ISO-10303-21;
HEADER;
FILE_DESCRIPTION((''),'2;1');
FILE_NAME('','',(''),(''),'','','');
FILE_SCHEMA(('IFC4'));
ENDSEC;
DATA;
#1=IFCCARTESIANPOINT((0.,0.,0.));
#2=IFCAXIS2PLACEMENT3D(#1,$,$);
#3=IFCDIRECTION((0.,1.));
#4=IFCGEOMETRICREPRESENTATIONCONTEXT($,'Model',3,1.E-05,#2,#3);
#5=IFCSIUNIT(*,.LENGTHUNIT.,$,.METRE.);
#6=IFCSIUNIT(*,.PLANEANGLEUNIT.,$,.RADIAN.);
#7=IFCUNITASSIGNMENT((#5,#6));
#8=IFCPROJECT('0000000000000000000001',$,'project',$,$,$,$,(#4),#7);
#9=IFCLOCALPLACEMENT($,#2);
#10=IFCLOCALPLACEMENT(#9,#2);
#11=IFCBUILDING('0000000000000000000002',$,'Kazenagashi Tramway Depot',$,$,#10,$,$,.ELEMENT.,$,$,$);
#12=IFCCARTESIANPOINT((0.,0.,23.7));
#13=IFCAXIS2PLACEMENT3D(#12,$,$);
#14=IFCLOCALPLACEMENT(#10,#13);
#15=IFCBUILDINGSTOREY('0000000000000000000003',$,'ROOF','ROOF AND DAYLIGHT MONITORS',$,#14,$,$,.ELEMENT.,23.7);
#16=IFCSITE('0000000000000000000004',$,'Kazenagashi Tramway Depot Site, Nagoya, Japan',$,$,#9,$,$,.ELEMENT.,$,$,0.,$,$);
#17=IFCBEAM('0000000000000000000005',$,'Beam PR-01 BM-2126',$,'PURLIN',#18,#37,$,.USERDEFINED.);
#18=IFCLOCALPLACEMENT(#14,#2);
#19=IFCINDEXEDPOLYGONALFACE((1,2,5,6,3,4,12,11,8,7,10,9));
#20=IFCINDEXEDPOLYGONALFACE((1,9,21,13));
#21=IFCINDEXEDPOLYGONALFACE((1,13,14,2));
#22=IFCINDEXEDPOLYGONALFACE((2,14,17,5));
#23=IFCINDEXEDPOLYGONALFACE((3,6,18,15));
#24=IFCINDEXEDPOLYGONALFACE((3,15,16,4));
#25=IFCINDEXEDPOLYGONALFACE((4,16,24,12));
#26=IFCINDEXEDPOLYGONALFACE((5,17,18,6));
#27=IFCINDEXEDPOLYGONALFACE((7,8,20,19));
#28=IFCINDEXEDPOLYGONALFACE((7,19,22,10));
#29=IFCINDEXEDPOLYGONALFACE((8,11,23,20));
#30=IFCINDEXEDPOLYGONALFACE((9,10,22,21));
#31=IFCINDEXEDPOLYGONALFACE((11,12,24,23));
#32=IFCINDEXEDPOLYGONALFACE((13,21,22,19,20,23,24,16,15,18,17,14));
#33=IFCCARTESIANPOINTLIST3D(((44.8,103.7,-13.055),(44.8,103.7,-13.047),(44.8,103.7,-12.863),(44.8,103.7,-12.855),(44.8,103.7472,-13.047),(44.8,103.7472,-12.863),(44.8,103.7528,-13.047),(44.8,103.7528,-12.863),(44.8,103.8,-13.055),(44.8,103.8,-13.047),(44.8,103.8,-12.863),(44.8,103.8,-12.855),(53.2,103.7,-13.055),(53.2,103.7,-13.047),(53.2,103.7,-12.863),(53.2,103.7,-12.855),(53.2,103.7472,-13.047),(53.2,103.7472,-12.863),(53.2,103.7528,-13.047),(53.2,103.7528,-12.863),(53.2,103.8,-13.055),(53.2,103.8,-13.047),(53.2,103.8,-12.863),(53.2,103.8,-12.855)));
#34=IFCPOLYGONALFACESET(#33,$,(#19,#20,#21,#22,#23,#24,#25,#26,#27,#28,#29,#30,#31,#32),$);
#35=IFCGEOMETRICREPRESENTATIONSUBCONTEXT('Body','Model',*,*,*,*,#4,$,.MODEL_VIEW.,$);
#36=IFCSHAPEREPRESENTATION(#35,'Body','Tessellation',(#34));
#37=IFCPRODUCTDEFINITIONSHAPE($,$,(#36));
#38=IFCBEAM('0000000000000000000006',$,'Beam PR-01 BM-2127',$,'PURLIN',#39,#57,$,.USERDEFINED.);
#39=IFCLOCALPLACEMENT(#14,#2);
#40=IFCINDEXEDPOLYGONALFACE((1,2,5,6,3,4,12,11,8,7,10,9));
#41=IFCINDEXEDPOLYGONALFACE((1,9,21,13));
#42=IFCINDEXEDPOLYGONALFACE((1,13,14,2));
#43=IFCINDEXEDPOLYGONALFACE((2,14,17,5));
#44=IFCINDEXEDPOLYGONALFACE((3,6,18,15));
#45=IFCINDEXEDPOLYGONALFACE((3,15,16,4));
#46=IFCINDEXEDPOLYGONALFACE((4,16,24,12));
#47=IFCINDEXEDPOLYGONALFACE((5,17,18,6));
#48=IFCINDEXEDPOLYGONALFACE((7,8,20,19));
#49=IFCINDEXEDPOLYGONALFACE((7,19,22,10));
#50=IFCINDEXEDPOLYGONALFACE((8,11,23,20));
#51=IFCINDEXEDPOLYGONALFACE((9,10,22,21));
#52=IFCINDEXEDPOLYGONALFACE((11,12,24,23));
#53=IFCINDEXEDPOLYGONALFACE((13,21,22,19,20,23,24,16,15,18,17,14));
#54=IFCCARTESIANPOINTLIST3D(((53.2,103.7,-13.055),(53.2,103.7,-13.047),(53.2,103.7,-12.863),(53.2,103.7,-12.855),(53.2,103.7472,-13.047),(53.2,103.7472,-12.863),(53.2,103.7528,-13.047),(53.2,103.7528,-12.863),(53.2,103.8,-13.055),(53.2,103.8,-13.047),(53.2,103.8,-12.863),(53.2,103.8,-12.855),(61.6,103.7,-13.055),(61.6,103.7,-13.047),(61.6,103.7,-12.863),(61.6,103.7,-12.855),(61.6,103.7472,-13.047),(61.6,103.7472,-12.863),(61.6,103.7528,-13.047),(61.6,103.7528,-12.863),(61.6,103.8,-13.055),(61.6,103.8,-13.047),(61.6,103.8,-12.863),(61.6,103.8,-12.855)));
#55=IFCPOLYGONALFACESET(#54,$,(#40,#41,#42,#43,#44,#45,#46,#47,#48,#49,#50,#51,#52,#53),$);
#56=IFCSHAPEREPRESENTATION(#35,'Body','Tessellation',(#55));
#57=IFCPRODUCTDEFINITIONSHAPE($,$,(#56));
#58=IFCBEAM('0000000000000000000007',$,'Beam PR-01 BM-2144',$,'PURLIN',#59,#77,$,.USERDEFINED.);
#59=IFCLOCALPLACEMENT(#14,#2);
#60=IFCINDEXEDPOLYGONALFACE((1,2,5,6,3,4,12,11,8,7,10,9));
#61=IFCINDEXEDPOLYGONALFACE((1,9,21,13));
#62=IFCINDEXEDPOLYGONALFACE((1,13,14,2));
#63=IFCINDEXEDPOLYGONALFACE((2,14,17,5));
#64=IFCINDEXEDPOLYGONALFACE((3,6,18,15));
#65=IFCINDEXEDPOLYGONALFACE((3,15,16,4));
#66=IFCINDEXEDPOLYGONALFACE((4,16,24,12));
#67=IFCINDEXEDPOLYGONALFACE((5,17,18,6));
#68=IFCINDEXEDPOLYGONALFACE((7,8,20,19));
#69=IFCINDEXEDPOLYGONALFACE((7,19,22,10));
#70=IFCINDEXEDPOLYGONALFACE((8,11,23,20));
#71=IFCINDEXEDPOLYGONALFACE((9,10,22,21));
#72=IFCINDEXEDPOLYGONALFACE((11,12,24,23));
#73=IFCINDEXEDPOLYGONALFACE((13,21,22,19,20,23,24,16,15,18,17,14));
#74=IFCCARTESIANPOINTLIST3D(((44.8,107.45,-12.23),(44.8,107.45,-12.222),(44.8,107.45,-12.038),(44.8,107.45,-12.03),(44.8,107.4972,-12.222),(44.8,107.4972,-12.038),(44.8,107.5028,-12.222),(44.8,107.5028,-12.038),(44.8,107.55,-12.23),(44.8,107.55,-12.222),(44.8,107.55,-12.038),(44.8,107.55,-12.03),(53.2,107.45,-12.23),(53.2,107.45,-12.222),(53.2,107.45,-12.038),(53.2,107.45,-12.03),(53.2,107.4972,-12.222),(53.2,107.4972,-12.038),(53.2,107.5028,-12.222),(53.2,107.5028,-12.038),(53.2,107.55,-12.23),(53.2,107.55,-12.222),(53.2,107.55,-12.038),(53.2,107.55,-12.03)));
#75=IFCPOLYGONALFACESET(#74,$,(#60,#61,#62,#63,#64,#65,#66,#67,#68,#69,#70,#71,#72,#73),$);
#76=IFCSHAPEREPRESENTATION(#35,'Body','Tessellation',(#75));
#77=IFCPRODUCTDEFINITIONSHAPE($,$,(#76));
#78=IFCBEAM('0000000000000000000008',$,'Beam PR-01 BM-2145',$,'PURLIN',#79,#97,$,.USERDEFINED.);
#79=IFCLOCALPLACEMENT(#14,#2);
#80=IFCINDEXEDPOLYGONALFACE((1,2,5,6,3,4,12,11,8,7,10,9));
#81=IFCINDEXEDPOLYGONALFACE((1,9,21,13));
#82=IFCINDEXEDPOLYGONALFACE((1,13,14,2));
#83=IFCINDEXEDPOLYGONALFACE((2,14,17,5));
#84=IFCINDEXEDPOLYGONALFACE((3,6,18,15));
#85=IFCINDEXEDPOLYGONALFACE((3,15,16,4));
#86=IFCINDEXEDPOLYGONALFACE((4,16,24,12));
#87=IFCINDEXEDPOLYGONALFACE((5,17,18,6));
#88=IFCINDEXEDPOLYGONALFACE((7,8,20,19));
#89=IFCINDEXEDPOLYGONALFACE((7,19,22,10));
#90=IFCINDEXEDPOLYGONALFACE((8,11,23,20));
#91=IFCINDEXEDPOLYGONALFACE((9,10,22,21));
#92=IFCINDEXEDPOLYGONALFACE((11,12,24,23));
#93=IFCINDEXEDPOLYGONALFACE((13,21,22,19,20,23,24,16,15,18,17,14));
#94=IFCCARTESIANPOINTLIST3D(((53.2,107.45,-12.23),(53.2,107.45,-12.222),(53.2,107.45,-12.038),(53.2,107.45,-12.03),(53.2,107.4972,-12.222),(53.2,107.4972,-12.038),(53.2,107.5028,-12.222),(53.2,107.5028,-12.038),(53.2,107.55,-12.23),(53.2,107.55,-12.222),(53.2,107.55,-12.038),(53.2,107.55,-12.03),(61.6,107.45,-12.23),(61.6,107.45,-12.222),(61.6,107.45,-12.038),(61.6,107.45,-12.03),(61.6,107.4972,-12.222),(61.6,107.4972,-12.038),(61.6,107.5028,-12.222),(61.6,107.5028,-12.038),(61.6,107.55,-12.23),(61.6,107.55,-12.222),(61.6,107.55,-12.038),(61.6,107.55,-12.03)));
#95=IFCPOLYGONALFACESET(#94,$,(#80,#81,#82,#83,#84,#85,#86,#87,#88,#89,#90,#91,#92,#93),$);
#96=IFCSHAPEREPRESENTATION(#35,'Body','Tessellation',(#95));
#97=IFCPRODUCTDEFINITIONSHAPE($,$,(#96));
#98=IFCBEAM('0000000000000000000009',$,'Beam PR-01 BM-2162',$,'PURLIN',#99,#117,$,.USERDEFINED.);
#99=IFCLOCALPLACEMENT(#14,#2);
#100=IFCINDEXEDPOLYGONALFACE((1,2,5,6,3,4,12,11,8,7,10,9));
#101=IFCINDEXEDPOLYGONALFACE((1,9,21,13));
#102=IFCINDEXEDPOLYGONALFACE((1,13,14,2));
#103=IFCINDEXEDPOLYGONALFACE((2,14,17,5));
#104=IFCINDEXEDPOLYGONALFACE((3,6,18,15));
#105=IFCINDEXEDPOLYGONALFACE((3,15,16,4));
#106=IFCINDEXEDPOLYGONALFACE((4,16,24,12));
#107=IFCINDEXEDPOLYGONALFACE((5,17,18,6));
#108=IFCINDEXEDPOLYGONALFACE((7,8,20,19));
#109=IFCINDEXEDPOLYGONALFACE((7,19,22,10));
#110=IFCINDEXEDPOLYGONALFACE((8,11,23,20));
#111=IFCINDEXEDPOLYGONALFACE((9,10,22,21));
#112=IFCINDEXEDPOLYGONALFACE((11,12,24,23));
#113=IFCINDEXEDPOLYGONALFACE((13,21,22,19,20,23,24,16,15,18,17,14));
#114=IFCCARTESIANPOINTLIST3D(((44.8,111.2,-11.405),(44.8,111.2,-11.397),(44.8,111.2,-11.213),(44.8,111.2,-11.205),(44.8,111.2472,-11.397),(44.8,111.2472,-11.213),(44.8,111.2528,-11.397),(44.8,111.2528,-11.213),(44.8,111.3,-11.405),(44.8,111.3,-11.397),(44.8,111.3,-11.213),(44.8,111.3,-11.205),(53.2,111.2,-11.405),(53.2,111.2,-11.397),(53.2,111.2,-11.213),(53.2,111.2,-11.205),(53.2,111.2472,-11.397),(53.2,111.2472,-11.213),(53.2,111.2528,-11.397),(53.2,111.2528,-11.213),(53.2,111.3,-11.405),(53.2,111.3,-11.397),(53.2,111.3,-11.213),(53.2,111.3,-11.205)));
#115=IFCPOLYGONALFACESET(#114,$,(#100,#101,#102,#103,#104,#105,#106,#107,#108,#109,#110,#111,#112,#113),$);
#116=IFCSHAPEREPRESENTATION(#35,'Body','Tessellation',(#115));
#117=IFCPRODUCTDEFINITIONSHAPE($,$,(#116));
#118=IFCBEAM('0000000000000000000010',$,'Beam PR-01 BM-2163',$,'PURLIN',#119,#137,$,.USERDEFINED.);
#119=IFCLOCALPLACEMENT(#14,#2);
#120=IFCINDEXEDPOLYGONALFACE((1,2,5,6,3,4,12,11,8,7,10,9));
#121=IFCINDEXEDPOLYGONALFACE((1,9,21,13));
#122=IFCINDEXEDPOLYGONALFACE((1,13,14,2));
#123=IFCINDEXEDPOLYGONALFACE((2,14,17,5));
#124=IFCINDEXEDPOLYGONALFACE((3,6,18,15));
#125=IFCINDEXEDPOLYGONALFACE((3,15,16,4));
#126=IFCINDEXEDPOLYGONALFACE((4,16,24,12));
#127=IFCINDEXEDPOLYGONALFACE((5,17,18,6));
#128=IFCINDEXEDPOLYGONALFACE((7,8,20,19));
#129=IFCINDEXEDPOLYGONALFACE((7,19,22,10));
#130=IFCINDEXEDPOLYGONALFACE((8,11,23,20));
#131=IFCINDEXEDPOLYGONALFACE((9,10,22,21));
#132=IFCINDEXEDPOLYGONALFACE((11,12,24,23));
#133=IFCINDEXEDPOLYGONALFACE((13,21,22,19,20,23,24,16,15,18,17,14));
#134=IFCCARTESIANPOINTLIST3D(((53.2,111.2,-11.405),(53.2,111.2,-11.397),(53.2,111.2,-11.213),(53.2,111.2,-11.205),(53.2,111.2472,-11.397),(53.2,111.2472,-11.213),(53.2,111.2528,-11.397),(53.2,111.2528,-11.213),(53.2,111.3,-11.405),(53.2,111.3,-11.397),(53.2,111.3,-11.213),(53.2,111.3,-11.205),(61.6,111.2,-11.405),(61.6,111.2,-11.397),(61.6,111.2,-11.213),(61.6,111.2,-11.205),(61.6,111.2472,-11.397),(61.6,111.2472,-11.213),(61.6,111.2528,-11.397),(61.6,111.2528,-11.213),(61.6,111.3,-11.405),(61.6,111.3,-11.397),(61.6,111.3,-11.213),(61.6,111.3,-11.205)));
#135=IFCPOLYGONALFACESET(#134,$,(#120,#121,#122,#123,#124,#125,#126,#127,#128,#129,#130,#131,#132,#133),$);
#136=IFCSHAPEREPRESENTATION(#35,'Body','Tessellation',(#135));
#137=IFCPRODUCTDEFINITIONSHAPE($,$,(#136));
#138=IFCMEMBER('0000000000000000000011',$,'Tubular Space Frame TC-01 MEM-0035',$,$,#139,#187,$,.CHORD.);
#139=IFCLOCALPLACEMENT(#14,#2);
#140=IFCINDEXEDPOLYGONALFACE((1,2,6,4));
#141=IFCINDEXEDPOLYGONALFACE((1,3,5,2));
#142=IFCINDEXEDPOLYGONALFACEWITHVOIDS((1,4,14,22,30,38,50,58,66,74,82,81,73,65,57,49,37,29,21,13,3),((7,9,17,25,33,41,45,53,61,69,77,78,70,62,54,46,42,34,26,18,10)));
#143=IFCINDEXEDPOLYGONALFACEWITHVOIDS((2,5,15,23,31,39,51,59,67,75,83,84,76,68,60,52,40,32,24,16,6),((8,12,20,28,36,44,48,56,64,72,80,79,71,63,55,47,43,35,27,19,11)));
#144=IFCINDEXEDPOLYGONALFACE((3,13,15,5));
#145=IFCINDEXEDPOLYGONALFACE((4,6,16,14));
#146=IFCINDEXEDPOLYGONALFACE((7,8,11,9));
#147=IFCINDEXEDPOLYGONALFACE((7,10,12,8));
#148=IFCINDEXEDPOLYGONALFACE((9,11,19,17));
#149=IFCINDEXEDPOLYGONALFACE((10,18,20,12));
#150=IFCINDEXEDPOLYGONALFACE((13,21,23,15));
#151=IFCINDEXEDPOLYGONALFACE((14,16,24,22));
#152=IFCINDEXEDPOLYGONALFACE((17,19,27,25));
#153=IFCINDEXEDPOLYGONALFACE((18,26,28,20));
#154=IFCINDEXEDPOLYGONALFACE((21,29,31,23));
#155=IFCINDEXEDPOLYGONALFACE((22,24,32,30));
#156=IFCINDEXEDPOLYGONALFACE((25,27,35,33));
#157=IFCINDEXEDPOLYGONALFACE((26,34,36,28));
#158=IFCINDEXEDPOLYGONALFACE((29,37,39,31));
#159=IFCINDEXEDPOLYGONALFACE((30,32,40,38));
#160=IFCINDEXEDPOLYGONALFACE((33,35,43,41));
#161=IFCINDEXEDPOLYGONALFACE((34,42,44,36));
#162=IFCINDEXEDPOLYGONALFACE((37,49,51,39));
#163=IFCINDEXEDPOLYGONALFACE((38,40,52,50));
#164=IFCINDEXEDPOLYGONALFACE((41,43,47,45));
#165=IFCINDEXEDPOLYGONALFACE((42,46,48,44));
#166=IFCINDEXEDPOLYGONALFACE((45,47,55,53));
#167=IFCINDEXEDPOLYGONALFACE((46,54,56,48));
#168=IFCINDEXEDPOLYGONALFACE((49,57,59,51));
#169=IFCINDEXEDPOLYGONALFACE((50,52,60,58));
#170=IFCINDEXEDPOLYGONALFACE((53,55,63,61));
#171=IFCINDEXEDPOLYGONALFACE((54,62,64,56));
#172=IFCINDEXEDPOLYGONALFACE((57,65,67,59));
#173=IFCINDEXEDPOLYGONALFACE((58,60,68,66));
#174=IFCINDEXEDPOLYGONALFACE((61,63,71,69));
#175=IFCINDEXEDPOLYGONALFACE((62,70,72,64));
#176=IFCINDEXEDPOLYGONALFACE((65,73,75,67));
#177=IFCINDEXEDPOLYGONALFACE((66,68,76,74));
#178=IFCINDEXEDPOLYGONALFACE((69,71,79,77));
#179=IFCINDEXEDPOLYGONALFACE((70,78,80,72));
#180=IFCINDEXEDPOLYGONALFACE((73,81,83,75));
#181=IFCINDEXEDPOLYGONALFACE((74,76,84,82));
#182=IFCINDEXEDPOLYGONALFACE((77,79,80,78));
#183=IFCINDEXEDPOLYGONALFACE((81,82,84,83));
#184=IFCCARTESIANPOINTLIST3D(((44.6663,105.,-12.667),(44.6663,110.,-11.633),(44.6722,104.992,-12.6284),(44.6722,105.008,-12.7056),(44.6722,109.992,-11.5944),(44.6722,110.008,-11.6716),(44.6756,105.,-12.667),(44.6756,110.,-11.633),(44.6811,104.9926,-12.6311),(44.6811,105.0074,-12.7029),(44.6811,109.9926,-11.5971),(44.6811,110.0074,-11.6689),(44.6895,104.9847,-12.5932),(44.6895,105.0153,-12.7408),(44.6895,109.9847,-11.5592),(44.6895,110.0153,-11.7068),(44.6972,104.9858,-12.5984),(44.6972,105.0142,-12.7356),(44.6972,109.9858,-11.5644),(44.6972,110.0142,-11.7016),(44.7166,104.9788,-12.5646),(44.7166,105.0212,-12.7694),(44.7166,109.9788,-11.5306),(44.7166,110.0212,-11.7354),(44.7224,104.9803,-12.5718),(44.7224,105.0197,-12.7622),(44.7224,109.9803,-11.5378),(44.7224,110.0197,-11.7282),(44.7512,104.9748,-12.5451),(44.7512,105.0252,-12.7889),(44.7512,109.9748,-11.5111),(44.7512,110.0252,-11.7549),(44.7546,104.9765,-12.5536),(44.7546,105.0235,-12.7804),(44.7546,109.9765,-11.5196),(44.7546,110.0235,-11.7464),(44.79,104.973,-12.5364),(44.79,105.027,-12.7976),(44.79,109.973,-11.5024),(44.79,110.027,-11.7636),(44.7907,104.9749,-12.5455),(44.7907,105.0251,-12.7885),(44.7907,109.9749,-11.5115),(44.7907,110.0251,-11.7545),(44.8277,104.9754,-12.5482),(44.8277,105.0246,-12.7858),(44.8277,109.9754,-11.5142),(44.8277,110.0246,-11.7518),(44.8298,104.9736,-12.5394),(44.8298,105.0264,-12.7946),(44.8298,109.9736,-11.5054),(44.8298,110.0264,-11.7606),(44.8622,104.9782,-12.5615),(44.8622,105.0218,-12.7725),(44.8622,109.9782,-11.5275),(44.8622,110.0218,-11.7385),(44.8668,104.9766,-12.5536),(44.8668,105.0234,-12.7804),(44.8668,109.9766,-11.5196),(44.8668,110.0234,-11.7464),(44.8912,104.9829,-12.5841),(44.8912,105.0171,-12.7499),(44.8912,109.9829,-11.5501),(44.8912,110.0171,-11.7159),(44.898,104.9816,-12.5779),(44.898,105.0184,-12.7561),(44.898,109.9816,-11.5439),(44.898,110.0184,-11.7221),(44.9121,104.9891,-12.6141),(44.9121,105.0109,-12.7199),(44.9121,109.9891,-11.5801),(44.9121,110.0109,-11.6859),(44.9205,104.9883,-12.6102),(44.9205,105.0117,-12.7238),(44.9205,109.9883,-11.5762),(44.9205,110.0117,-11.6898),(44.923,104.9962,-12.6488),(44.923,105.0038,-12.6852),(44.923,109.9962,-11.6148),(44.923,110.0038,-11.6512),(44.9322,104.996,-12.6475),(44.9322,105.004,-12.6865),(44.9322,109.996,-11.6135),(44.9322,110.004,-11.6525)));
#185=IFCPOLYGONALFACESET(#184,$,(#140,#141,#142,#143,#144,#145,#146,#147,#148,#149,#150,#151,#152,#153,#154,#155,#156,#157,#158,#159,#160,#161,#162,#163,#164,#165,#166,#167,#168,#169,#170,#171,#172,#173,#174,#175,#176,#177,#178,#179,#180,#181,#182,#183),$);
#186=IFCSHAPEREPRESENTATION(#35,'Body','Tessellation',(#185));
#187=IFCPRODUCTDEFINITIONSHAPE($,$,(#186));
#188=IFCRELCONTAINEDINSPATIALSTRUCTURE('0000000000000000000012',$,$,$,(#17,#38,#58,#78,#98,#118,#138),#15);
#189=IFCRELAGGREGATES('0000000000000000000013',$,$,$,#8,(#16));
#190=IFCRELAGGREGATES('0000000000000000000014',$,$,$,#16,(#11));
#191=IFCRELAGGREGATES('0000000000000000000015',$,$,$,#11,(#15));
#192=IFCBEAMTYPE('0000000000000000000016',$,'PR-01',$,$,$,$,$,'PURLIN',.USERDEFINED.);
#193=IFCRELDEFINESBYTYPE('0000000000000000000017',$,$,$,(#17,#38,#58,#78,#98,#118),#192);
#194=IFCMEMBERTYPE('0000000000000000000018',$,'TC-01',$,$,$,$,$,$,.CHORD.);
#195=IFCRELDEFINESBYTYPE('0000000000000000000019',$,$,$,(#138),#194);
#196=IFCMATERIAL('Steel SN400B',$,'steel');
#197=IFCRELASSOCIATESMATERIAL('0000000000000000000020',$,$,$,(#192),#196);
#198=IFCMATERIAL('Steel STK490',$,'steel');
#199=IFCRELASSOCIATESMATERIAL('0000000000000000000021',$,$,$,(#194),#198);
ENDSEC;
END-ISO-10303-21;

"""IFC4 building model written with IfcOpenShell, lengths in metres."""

from ifc_helpers import new_model, si_unit, direction, frame, origin, origin_2d, place, context, subcontext, project, spatial, hollow_circle, i_section, extrude, material, material_profile, profile_set, type_object, element, save


model = new_model("IFC4")

# Units and contexts
model_context = context("Model", 3, precision=1e-05, world=origin(), true_north=direction((0.0, 1.0)))
body_context = subcontext(model_context, "Body", "Model", "MODEL_VIEW")
ifc_project = project(units=[si_unit("LENGTHUNIT", "METRE"), si_unit("PLANEANGLEUNIT", "RADIAN")], contexts=[model_context])

# Site, building, storey
site_placement = place(None, origin())
site = spatial("IfcSite", under=ifc_project, at=site_placement, Name="Kazenagashi Tramway Depot Site, Nagoya, Japan", CompositionType="ELEMENT", RefElevation=0.0)
building_placement = place(site_placement, origin())
building = spatial("IfcBuilding", under=site, at=building_placement, Name="Kazenagashi Tramway Depot", CompositionType="ELEMENT")
storey_placement = place(building_placement, frame((0.0, 0.0, 23.7)))
storey = spatial("IfcBuildingStorey", under=building, at=storey_placement, Name="ROOF", Description="ROOF AND DAYLIGHT MONITORS", CompositionType="ELEMENT", Elevation=23.7)

# Beams
ifc_material_1 = material(Name="Steel SN400B", Category="steel")
ifc_material_profile_1 = material_profile(ifc_material_1, i_section(OverallWidth=0.1, OverallDepth=0.2, WebThickness=0.0055, FlangeThickness=0.008, at=origin_2d()), Name="H-200x100x5.5x8")
ifc_profile_set_1 = profile_set([ifc_material_profile_1], Name="Steel SN400B")
beam_type = type_object("IfcBeamType", Name="PR-01", ElementType="PURLIN", PredefinedType="USERDEFINED", material=ifc_profile_set_1)
for number, where, z_axis, x_axis, name in (
    (1, (44.8, 103.75, -12.955), (1.0, 0.0, 0.0), (0.0, 1.0, 0.0), "Beam PR-01 BM-2126"),
    (2, (53.2, 103.75, -12.955), (1.0, 0.0, 0.0), (0.0, 1.0, 0.0), "Beam PR-01 BM-2127"),
    (3, (44.8, 107.5, -12.13), (1.0, 0.0, 0.0), (0.0, 1.0, 0.0), "Beam PR-01 BM-2144"),
    (4, (53.2, 107.5, -12.13), (1.0, 0.0, 0.0), (0.0, 1.0, 0.0), "Beam PR-01 BM-2145"),
    (5, (44.8, 111.25, -11.305), (1.0, 0.0, 0.0), (0.0, 1.0, 0.0), "Beam PR-01 BM-2162"),
    (6, (53.2, 111.25, -11.305), (1.0, 0.0, 0.0), (0.0, 1.0, 0.0), "Beam PR-01 BM-2163"),
):
    element("IfcBeam", number, at=place(storey_placement, frame(where, z_axis=z_axis, x_axis=x_axis)), inside=storey, type_object=beam_type, Name=name, ObjectType="PURLIN", PredefinedType="USERDEFINED", context=body_context, shape_type="SweptSolid", body=[
        extrude(i_section(OverallWidth=0.1, OverallDepth=0.2, WebThickness=0.0055, FlangeThickness=0.008, at=origin_2d()), origin(), (0.0, 0.0, 1.0), 8.4),
    ])

# Member
ifc_material_2 = material(Name="Steel STK490", Category="steel")
ifc_material_profile_2 = material_profile(ifc_material_2, hollow_circle(Radius=0.1337, WallThickness=0.0093, at=origin_2d()), Name="CHS-267.4x9.3")
ifc_profile_set_2 = profile_set([ifc_material_profile_2], Name="Steel STK490")
member_type_1 = type_object("IfcMemberType", Name="TC-01", PredefinedType="CHORD", material=ifc_profile_set_2)
member_1_placement = place(storey_placement, frame((44.8, 105.0, -12.667), z_axis=(0.0, 0.979279, 0.202515), x_axis=(-1.0, 0.0, 0.0)))
element("IfcMember", 7, at=member_1_placement, inside=storey, type_object=member_type_1, Name="Tubular Space Frame TC-01 MEM-0035", PredefinedType="CHORD", context=body_context, shape_type="SweptSolid", body=[
    extrude(hollow_circle(Radius=0.1337, WallThickness=0.0093, at=origin_2d()), origin(), (0.0, 0.0, 1.0), 5.1058),
])

save(model, "model.ifc")
